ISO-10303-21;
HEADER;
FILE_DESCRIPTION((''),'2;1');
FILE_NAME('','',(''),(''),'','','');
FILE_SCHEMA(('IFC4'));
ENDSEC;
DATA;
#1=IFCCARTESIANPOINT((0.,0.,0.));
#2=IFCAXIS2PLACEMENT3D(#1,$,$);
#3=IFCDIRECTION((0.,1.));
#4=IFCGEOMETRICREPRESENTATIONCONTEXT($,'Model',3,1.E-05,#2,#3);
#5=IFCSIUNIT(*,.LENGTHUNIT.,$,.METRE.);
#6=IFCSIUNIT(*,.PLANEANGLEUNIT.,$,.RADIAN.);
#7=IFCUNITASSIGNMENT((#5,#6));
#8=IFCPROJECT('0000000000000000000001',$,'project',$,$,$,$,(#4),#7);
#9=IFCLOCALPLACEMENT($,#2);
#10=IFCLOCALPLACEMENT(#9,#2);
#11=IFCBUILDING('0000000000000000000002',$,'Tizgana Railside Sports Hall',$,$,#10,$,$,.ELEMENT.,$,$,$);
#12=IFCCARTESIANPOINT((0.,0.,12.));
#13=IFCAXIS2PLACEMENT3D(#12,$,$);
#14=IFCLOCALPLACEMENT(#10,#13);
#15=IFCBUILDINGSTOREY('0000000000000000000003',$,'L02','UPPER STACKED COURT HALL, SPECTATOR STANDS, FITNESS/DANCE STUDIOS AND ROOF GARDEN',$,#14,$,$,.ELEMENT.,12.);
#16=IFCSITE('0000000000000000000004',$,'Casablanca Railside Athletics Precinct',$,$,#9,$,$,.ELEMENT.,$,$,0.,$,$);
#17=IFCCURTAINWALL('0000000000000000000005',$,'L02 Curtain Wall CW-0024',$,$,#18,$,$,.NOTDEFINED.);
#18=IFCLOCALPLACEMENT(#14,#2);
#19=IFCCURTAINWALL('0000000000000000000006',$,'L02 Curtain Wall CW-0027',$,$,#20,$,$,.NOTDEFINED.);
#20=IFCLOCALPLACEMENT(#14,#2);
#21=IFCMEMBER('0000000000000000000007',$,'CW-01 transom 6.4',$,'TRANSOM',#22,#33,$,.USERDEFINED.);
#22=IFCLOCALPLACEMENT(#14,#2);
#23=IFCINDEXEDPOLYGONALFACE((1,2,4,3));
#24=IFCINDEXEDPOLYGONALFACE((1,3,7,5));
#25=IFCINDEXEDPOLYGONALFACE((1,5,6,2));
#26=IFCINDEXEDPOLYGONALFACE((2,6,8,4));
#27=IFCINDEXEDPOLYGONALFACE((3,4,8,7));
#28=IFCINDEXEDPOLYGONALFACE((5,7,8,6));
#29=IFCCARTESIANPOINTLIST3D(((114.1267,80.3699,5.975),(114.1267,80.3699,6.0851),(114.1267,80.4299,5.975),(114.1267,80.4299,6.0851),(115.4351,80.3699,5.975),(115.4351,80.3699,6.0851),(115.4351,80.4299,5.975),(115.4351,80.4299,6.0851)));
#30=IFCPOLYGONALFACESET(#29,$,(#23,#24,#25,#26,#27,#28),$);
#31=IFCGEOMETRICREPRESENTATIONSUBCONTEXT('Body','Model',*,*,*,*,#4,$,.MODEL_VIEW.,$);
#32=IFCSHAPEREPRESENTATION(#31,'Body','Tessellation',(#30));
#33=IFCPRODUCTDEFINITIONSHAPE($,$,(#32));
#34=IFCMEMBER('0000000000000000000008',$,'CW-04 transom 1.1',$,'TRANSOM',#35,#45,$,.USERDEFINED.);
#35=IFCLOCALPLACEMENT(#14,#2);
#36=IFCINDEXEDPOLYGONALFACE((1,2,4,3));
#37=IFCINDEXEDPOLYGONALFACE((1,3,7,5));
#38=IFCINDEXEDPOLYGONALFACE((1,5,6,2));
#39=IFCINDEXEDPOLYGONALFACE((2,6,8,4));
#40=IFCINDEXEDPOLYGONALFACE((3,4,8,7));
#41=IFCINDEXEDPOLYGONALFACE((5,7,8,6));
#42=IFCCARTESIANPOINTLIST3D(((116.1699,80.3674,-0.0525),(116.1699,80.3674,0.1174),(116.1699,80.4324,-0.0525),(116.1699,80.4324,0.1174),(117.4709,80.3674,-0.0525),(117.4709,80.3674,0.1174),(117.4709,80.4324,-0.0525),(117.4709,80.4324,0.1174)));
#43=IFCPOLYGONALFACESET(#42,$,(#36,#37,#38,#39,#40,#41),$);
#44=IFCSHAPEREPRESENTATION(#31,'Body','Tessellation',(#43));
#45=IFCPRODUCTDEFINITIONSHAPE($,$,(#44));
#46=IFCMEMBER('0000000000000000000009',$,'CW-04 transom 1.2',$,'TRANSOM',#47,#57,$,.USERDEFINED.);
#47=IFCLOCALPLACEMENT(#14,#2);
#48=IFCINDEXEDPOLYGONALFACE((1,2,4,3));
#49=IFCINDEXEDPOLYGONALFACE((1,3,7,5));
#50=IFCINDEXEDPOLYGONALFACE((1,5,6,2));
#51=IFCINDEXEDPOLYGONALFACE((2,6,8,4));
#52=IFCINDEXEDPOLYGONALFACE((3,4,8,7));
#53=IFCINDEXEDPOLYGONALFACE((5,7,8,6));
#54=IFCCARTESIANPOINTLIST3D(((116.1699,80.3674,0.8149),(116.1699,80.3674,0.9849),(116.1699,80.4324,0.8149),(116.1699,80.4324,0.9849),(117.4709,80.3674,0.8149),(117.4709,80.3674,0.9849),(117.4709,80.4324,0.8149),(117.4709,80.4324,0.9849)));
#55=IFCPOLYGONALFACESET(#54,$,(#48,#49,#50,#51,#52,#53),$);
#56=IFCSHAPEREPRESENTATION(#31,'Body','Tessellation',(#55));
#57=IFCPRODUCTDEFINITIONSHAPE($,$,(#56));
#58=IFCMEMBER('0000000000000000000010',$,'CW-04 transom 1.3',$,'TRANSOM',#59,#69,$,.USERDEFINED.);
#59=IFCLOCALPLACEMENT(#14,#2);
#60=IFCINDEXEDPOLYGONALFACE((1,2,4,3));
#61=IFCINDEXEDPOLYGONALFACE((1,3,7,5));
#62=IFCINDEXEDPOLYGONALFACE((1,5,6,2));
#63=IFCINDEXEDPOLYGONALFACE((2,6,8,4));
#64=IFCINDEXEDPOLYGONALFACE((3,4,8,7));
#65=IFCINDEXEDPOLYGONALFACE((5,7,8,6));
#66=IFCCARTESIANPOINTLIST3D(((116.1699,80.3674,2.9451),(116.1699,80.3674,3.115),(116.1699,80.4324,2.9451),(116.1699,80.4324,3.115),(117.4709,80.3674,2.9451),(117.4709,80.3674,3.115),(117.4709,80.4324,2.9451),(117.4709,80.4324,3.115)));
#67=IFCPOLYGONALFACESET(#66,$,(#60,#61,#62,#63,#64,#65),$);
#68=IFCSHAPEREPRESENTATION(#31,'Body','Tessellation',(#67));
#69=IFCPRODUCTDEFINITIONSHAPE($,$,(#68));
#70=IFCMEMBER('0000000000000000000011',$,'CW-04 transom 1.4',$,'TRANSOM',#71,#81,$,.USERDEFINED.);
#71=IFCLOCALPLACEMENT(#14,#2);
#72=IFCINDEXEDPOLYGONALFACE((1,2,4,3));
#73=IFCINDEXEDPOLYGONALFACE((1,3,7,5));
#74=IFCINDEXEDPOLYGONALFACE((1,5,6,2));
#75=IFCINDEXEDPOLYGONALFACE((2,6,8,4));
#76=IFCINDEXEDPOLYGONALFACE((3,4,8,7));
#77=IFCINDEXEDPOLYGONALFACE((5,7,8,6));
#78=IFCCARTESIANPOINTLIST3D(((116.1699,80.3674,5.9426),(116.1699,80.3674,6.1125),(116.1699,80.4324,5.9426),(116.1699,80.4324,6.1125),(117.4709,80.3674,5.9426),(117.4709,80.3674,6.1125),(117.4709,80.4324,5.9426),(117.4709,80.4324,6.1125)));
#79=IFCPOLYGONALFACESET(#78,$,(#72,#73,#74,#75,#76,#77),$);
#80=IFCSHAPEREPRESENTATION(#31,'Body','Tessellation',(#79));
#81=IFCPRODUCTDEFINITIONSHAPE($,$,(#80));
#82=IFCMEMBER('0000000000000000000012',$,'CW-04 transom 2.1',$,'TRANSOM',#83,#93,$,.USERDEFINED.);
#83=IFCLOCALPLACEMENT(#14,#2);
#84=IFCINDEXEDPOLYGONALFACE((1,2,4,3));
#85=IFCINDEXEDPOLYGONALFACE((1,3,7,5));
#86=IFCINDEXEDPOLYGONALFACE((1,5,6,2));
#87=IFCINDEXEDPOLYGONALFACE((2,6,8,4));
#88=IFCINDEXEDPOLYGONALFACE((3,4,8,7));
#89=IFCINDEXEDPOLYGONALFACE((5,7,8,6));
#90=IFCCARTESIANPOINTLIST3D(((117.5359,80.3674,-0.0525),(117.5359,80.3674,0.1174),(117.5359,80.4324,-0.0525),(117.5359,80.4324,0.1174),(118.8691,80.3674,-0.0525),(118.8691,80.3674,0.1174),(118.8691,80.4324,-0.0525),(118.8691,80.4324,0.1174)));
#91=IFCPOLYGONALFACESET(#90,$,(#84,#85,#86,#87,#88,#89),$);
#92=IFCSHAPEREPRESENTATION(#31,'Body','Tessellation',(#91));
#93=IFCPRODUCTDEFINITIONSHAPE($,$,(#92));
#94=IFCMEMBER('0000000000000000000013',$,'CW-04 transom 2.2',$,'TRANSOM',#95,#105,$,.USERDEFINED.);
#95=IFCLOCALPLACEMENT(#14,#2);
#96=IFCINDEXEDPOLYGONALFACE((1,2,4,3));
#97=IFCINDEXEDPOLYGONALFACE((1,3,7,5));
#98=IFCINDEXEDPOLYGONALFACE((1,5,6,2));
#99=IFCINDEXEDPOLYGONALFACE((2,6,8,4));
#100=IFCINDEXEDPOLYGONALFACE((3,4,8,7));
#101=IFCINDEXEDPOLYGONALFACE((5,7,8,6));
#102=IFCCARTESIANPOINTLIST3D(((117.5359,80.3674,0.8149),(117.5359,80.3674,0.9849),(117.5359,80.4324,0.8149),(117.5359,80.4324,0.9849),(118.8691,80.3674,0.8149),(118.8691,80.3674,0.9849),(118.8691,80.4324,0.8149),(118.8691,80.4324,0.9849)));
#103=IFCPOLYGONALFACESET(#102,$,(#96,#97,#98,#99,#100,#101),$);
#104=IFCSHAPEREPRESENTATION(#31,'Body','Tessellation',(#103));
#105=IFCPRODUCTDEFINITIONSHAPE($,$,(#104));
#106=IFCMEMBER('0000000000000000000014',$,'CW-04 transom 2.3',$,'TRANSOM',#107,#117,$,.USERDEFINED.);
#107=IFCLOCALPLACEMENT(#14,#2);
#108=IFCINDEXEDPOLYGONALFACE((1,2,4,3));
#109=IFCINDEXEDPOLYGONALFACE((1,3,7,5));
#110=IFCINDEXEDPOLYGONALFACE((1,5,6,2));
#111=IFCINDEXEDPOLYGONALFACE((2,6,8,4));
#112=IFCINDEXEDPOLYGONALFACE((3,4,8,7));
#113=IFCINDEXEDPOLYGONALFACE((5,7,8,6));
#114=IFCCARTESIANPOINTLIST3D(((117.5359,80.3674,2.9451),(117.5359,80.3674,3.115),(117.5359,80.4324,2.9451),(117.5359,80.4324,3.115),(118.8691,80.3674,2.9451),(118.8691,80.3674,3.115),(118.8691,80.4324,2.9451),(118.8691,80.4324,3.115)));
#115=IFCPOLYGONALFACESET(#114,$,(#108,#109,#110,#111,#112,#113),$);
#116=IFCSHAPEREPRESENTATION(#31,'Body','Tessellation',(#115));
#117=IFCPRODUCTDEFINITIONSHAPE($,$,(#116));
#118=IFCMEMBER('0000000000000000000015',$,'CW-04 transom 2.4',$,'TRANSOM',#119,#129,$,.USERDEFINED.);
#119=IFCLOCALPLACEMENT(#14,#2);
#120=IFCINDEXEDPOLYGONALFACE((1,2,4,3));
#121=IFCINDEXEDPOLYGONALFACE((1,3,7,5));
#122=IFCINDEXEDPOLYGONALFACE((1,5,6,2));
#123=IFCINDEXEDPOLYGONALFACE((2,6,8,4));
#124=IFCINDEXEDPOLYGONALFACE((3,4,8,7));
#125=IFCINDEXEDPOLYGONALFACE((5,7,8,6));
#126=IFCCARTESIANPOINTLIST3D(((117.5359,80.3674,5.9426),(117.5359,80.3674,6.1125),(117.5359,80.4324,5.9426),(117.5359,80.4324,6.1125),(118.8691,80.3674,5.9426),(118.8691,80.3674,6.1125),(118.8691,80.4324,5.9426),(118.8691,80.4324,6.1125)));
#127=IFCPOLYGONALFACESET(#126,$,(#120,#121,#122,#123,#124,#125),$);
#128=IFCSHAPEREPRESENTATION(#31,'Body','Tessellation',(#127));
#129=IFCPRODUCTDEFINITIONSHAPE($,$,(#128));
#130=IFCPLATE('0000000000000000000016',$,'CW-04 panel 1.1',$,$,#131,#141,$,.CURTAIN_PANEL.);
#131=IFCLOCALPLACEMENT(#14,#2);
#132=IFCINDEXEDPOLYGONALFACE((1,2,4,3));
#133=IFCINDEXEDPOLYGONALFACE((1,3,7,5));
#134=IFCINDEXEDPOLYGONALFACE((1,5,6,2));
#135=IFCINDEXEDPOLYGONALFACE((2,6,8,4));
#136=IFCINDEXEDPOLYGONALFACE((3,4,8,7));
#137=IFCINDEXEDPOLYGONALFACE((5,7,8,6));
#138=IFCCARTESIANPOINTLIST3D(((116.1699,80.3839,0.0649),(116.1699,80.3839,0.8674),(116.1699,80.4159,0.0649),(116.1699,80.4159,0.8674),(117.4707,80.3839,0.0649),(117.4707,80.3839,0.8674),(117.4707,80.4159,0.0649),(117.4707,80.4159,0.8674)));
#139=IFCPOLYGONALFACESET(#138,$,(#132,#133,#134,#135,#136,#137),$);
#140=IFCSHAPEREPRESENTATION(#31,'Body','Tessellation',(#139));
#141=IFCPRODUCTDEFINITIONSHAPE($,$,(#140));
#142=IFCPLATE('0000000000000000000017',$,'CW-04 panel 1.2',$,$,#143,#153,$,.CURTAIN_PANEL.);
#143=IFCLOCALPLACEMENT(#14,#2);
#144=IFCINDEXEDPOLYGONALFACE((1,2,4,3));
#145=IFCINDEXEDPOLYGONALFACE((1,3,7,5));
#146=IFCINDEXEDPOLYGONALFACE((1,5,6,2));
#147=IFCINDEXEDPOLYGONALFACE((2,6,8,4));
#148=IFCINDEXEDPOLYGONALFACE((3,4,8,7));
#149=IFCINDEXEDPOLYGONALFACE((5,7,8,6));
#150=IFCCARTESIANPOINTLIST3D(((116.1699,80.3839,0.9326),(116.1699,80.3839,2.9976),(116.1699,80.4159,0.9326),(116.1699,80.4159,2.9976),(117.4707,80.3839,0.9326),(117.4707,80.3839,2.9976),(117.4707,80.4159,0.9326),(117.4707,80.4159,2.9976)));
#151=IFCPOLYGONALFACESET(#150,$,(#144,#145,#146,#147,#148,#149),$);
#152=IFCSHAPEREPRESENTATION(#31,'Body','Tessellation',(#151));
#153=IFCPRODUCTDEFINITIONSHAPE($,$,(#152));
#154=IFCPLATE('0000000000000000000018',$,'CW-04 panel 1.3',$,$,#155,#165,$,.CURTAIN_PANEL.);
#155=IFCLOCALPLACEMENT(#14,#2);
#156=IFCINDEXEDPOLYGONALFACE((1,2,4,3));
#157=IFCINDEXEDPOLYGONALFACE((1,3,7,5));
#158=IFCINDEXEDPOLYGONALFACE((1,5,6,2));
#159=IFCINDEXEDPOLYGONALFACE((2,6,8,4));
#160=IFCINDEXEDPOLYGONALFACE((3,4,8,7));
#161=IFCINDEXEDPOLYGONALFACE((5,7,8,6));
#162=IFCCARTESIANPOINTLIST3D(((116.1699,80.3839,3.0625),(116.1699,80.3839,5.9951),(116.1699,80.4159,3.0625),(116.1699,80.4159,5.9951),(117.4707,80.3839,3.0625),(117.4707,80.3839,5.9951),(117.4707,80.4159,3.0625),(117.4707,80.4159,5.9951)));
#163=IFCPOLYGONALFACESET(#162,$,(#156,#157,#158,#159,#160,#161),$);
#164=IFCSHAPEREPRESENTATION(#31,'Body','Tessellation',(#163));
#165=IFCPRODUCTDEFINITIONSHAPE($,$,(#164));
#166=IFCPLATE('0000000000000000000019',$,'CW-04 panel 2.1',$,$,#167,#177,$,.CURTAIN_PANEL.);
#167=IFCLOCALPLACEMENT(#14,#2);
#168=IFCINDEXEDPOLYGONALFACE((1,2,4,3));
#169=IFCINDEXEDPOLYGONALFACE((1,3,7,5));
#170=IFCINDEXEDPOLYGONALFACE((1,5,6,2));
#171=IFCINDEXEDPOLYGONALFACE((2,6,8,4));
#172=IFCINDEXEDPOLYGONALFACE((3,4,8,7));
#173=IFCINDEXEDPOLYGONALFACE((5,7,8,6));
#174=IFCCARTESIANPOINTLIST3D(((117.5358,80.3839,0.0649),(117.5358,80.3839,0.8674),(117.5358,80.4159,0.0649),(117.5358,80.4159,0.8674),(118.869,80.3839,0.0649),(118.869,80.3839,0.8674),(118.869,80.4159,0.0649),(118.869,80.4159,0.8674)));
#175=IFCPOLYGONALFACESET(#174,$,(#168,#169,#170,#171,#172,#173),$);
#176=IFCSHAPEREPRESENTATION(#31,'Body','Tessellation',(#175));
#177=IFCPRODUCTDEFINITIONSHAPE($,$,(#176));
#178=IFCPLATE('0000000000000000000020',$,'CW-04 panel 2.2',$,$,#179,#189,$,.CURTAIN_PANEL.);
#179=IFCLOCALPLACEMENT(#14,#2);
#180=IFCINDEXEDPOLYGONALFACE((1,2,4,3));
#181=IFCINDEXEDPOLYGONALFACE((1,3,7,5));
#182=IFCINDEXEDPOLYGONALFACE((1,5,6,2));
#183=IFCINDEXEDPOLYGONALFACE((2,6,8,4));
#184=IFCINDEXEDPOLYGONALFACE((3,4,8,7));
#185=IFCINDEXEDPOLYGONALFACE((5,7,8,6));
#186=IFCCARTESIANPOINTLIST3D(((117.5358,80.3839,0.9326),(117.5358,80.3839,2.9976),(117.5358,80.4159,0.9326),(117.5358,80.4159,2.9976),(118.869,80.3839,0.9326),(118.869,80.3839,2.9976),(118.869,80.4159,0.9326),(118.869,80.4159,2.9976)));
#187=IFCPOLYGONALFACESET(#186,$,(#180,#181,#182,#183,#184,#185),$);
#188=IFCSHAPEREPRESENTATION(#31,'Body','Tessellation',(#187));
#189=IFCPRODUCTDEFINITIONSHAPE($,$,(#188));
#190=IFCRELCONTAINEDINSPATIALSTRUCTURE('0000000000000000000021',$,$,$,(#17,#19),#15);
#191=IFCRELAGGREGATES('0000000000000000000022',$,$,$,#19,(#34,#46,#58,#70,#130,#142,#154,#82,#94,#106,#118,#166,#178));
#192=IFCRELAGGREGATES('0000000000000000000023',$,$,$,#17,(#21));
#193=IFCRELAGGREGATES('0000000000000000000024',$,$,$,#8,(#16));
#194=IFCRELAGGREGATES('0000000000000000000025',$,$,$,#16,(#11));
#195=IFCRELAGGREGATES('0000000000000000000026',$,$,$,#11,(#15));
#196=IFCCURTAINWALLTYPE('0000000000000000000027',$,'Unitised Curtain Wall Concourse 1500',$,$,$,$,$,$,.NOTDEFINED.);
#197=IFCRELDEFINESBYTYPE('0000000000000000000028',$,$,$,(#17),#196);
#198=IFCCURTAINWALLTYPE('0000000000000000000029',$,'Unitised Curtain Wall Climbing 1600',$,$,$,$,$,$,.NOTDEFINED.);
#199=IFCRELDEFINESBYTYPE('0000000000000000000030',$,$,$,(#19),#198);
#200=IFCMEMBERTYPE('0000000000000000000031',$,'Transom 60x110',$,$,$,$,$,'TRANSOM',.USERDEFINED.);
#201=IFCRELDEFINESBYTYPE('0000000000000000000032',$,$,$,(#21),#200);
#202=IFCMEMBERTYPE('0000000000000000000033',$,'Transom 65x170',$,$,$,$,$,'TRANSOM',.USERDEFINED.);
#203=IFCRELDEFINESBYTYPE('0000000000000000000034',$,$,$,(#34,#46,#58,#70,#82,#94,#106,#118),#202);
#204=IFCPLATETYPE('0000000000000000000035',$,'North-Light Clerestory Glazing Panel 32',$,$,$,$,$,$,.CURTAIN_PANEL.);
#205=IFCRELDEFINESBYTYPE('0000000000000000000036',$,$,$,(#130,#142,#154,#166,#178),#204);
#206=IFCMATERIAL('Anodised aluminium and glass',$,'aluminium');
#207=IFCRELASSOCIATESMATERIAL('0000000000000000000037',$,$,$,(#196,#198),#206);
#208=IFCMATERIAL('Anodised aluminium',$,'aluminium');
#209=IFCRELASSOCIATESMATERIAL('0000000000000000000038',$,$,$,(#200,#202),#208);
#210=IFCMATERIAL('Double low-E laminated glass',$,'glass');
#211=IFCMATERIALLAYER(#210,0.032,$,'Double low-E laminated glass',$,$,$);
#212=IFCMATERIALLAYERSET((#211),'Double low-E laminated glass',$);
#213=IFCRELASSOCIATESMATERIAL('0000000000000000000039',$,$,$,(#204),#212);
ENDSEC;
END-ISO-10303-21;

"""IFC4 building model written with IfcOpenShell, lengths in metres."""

from ifc_helpers import new_model, si_unit, direction, frame, origin, origin_2d, place, context, subcontext, project, spatial, rectangle, extrude, material, layer, layer_set, material_profile, profile_set, type_object, element, aggregate, save


model = new_model("IFC4")

# Units and contexts
model_context = context("Model", 3, precision=1e-05, world=origin(), true_north=direction((0.0, 1.0)))
body_context = subcontext(model_context, "Body", "Model", "MODEL_VIEW")
ifc_project = project(units=[si_unit("LENGTHUNIT", "METRE"), si_unit("PLANEANGLEUNIT", "RADIAN")], contexts=[model_context])

# Site, building, storey
site_placement = place(None, origin())
site = spatial("IfcSite", under=ifc_project, at=site_placement, Name="Casablanca Railside Athletics Precinct", CompositionType="ELEMENT", RefElevation=0.0)
building_placement = place(site_placement, origin())
building = spatial("IfcBuilding", under=site, at=building_placement, Name="Tizgana Railside Sports Hall", CompositionType="ELEMENT")
storey_placement = place(building_placement, frame((0.0, 0.0, 12.0)))
storey = spatial("IfcBuildingStorey", under=building, at=storey_placement, Name="L02", Description="UPPER STACKED COURT HALL, SPECTATOR STANDS, FITNESS/DANCE STUDIOS AND ROOF GARDEN", CompositionType="ELEMENT", Elevation=12.0)

# Curtain walls
ifc_material_1 = material(Name="Anodised aluminium and glass", Category="aluminium")
curtain_wall_type_1 = type_object("IfcCurtainWallType", Name="Unitised Curtain Wall Concourse 1500", PredefinedType="NOTDEFINED", material=ifc_material_1)
curtain_wall_1_placement = place(storey_placement, origin())
curtain_wall_1 = element("IfcCurtainWall", 1, at=curtain_wall_1_placement, inside=storey, type_object=curtain_wall_type_1, Name="L02 Curtain Wall CW-0024", PredefinedType="NOTDEFINED")
ifc_material_2 = material(Name="Anodised aluminium", Category="aluminium")
curtain_wall_type_2 = type_object("IfcCurtainWallType", Name="Unitised Curtain Wall Climbing 1600", PredefinedType="NOTDEFINED", material=ifc_material_1)
curtain_wall_2_placement = place(storey_placement, origin())
curtain_wall_2 = element("IfcCurtainWall", 2, at=curtain_wall_2_placement, inside=storey, type_object=curtain_wall_type_2, Name="L02 Curtain Wall CW-0027", PredefinedType="NOTDEFINED")

# Members
ifc_material_profile_1 = material_profile(ifc_material_2, rectangle(XDim=0.0601, YDim=0.1101, at=origin_2d()), Name="Transom 60x110")
ifc_profile_set_1 = profile_set([ifc_material_profile_1], Name="Anodised aluminium")
member_type_1 = type_object("IfcMemberType", Name="Transom 60x110", ElementType="TRANSOM", PredefinedType="USERDEFINED", material=ifc_profile_set_1)
member_1_placement = place(storey_placement, frame((114.1267, 80.3999, 6.03), z_axis=(1.0, 0.0, 0.0), x_axis=(0.0, 1.0, 0.0)))
member_1 = element("IfcMember", 3, at=member_1_placement, type_object=member_type_1, Name="CW-01 transom 6.4", ObjectType="TRANSOM", PredefinedType="USERDEFINED", context=body_context, shape_type="SweptSolid", body=[
    extrude(rectangle(XDim=0.0601, YDim=0.1101, at=origin_2d()), origin(), (0.0, 0.0, 1.0), 1.3083),
])
ifc_material_profile_2 = material_profile(ifc_material_2, rectangle(XDim=0.0649, YDim=0.1699, at=origin_2d()), Name="Transom 65x170")
ifc_profile_set_2 = profile_set([ifc_material_profile_2], Name="Anodised aluminium")
member_type_2 = type_object("IfcMemberType", Name="Transom 65x170", ElementType="TRANSOM", PredefinedType="USERDEFINED", material=ifc_profile_set_2)
member_2_placement = place(storey_placement, frame((116.1699, 80.3999, 0.0325), z_axis=(1.0, 0.0, 0.0), x_axis=(0.0, 1.0, 0.0)))
member_2 = element("IfcMember", 4, at=member_2_placement, type_object=member_type_2, Name="CW-04 transom 1.1", ObjectType="TRANSOM", PredefinedType="USERDEFINED", context=body_context, shape_type="SweptSolid", body=[
    extrude(rectangle(XDim=0.0649, YDim=0.1699, at=origin_2d()), origin(), (0.0, 0.0, 1.0), 1.301),
])
member_3_placement = place(storey_placement, frame((116.1699, 80.3999, 0.8999), z_axis=(1.0, 0.0, 0.0), x_axis=(0.0, 1.0, 0.0)))
member_3 = element("IfcMember", 5, at=member_3_placement, type_object=member_type_2, Name="CW-04 transom 1.2", ObjectType="TRANSOM", PredefinedType="USERDEFINED", context=body_context, shape_type="SweptSolid", body=[
    extrude(rectangle(XDim=0.0649, YDim=0.1699, at=origin_2d()), origin(), (0.0, 0.0, 1.0), 1.301),
])
member_4_placement = place(storey_placement, frame((116.1699, 80.3999, 3.03), z_axis=(1.0, 0.0, 0.0), x_axis=(0.0, 1.0, 0.0)))
member_4 = element("IfcMember", 6, at=member_4_placement, type_object=member_type_2, Name="CW-04 transom 1.3", ObjectType="TRANSOM", PredefinedType="USERDEFINED", context=body_context, shape_type="SweptSolid", body=[
    extrude(rectangle(XDim=0.0649, YDim=0.1699, at=origin_2d()), origin(), (0.0, 0.0, 1.0), 1.301),
])
member_5_placement = place(storey_placement, frame((116.1699, 80.3999, 6.0276), z_axis=(1.0, 0.0, 0.0), x_axis=(0.0, 1.0, 0.0)))
member_5 = element("IfcMember", 7, at=member_5_placement, type_object=member_type_2, Name="CW-04 transom 1.4", ObjectType="TRANSOM", PredefinedType="USERDEFINED", context=body_context, shape_type="SweptSolid", body=[
    extrude(rectangle(XDim=0.0649, YDim=0.1699, at=origin_2d()), origin(), (0.0, 0.0, 1.0), 1.301),
])
member_6_placement = place(storey_placement, frame((117.5359, 80.3999, 0.0325), z_axis=(1.0, 0.0, 0.0), x_axis=(0.0, 1.0, 0.0)))
member_6 = element("IfcMember", 8, at=member_6_placement, type_object=member_type_2, Name="CW-04 transom 2.1", ObjectType="TRANSOM", PredefinedType="USERDEFINED", context=body_context, shape_type="SweptSolid", body=[
    extrude(rectangle(XDim=0.0649, YDim=0.1699, at=origin_2d()), origin(), (0.0, 0.0, 1.0), 1.3333),
])
member_7_placement = place(storey_placement, frame((117.5359, 80.3999, 0.8999), z_axis=(1.0, 0.0, 0.0), x_axis=(0.0, 1.0, 0.0)))
member_7 = element("IfcMember", 9, at=member_7_placement, type_object=member_type_2, Name="CW-04 transom 2.2", ObjectType="TRANSOM", PredefinedType="USERDEFINED", context=body_context, shape_type="SweptSolid", body=[
    extrude(rectangle(XDim=0.0649, YDim=0.1699, at=origin_2d()), origin(), (0.0, 0.0, 1.0), 1.3333),
])
member_8_placement = place(storey_placement, frame((117.5359, 80.3999, 3.03), z_axis=(1.0, 0.0, 0.0), x_axis=(0.0, 1.0, 0.0)))
member_8 = element("IfcMember", 10, at=member_8_placement, type_object=member_type_2, Name="CW-04 transom 2.3", ObjectType="TRANSOM", PredefinedType="USERDEFINED", context=body_context, shape_type="SweptSolid", body=[
    extrude(rectangle(XDim=0.0649, YDim=0.1699, at=origin_2d()), origin(), (0.0, 0.0, 1.0), 1.3333),
])
member_9_placement = place(storey_placement, frame((117.5359, 80.3999, 6.0276), z_axis=(1.0, 0.0, 0.0), x_axis=(0.0, 1.0, 0.0)))
member_9 = element("IfcMember", 11, at=member_9_placement, type_object=member_type_2, Name="CW-04 transom 2.4", ObjectType="TRANSOM", PredefinedType="USERDEFINED", context=body_context, shape_type="SweptSolid", body=[
    extrude(rectangle(XDim=0.0649, YDim=0.1699, at=origin_2d()), origin(), (0.0, 0.0, 1.0), 1.3333),
])

# Plates
ifc_material_3 = material(Name="Double low-E laminated glass", Category="glass")
ifc_layer_1 = layer(ifc_material_3, 0.032, Name="Double low-E laminated glass")
ifc_layer_set_1 = layer_set([ifc_layer_1], Name="Double low-E laminated glass")
plate_type_1 = type_object("IfcPlateType", Name="North-Light Clerestory Glazing Panel 32", PredefinedType="CURTAIN_PANEL", material=ifc_layer_set_1)
plate_1_placement = place(storey_placement, frame((116.8203, 80.3999, 0.0649), z_axis=(0.0, 0.0, 1.0), x_axis=(1.0, 0.0, 0.0)))
plate_1 = element("IfcPlate", 12, at=plate_1_placement, type_object=plate_type_1, Name="CW-04 panel 1.1", PredefinedType="CURTAIN_PANEL", context=body_context, shape_type="SweptSolid", body=[
    extrude(rectangle(XDim=1.3008, YDim=0.032, at=origin_2d()), origin(), (0.0, 0.0, 1.0), 0.8025),
])
plate_2_placement = place(storey_placement, frame((116.8203, 80.3999, 0.9326), z_axis=(0.0, 0.0, 1.0), x_axis=(1.0, 0.0, 0.0)))
plate_2 = element("IfcPlate", 13, at=plate_2_placement, type_object=plate_type_1, Name="CW-04 panel 1.2", PredefinedType="CURTAIN_PANEL", context=body_context, shape_type="SweptSolid", body=[
    extrude(rectangle(XDim=1.3008, YDim=0.032, at=origin_2d()), origin(), (0.0, 0.0, 1.0), 2.0649),
])
plate_3_placement = place(storey_placement, frame((116.8203, 80.3999, 3.0625), z_axis=(0.0, 0.0, 1.0), x_axis=(1.0, 0.0, 0.0)))
plate_3 = element("IfcPlate", 14, at=plate_3_placement, type_object=plate_type_1, Name="CW-04 panel 1.3", PredefinedType="CURTAIN_PANEL", context=body_context, shape_type="SweptSolid", body=[
    extrude(rectangle(XDim=1.3008, YDim=0.032, at=origin_2d()), origin(), (0.0, 0.0, 1.0), 2.9326),
])
plate_4_placement = place(storey_placement, frame((118.2024, 80.3999, 0.0649), z_axis=(0.0, 0.0, 1.0), x_axis=(1.0, 0.0, 0.0)))
plate_4 = element("IfcPlate", 15, at=plate_4_placement, type_object=plate_type_1, Name="CW-04 panel 2.1", PredefinedType="CURTAIN_PANEL", context=body_context, shape_type="SweptSolid", body=[
    extrude(rectangle(XDim=1.3333, YDim=0.032, at=origin_2d()), origin(), (0.0, 0.0, 1.0), 0.8025),
])
plate_5_placement = place(storey_placement, frame((118.2024, 80.3999, 0.9326), z_axis=(0.0, 0.0, 1.0), x_axis=(1.0, 0.0, 0.0)))
plate_5 = element("IfcPlate", 16, at=plate_5_placement, type_object=plate_type_1, Name="CW-04 panel 2.2", PredefinedType="CURTAIN_PANEL", context=body_context, shape_type="SweptSolid", body=[
    extrude(rectangle(XDim=1.3333, YDim=0.032, at=origin_2d()), origin(), (0.0, 0.0, 1.0), 2.0649),
])
aggregate(curtain_wall_2, [member_2, member_3, member_4, member_5, plate_1, plate_2, plate_3, member_6, member_7, member_8, member_9, plate_4, plate_5])
aggregate(curtain_wall_1, [member_1])

save(model, "model.ifc")
